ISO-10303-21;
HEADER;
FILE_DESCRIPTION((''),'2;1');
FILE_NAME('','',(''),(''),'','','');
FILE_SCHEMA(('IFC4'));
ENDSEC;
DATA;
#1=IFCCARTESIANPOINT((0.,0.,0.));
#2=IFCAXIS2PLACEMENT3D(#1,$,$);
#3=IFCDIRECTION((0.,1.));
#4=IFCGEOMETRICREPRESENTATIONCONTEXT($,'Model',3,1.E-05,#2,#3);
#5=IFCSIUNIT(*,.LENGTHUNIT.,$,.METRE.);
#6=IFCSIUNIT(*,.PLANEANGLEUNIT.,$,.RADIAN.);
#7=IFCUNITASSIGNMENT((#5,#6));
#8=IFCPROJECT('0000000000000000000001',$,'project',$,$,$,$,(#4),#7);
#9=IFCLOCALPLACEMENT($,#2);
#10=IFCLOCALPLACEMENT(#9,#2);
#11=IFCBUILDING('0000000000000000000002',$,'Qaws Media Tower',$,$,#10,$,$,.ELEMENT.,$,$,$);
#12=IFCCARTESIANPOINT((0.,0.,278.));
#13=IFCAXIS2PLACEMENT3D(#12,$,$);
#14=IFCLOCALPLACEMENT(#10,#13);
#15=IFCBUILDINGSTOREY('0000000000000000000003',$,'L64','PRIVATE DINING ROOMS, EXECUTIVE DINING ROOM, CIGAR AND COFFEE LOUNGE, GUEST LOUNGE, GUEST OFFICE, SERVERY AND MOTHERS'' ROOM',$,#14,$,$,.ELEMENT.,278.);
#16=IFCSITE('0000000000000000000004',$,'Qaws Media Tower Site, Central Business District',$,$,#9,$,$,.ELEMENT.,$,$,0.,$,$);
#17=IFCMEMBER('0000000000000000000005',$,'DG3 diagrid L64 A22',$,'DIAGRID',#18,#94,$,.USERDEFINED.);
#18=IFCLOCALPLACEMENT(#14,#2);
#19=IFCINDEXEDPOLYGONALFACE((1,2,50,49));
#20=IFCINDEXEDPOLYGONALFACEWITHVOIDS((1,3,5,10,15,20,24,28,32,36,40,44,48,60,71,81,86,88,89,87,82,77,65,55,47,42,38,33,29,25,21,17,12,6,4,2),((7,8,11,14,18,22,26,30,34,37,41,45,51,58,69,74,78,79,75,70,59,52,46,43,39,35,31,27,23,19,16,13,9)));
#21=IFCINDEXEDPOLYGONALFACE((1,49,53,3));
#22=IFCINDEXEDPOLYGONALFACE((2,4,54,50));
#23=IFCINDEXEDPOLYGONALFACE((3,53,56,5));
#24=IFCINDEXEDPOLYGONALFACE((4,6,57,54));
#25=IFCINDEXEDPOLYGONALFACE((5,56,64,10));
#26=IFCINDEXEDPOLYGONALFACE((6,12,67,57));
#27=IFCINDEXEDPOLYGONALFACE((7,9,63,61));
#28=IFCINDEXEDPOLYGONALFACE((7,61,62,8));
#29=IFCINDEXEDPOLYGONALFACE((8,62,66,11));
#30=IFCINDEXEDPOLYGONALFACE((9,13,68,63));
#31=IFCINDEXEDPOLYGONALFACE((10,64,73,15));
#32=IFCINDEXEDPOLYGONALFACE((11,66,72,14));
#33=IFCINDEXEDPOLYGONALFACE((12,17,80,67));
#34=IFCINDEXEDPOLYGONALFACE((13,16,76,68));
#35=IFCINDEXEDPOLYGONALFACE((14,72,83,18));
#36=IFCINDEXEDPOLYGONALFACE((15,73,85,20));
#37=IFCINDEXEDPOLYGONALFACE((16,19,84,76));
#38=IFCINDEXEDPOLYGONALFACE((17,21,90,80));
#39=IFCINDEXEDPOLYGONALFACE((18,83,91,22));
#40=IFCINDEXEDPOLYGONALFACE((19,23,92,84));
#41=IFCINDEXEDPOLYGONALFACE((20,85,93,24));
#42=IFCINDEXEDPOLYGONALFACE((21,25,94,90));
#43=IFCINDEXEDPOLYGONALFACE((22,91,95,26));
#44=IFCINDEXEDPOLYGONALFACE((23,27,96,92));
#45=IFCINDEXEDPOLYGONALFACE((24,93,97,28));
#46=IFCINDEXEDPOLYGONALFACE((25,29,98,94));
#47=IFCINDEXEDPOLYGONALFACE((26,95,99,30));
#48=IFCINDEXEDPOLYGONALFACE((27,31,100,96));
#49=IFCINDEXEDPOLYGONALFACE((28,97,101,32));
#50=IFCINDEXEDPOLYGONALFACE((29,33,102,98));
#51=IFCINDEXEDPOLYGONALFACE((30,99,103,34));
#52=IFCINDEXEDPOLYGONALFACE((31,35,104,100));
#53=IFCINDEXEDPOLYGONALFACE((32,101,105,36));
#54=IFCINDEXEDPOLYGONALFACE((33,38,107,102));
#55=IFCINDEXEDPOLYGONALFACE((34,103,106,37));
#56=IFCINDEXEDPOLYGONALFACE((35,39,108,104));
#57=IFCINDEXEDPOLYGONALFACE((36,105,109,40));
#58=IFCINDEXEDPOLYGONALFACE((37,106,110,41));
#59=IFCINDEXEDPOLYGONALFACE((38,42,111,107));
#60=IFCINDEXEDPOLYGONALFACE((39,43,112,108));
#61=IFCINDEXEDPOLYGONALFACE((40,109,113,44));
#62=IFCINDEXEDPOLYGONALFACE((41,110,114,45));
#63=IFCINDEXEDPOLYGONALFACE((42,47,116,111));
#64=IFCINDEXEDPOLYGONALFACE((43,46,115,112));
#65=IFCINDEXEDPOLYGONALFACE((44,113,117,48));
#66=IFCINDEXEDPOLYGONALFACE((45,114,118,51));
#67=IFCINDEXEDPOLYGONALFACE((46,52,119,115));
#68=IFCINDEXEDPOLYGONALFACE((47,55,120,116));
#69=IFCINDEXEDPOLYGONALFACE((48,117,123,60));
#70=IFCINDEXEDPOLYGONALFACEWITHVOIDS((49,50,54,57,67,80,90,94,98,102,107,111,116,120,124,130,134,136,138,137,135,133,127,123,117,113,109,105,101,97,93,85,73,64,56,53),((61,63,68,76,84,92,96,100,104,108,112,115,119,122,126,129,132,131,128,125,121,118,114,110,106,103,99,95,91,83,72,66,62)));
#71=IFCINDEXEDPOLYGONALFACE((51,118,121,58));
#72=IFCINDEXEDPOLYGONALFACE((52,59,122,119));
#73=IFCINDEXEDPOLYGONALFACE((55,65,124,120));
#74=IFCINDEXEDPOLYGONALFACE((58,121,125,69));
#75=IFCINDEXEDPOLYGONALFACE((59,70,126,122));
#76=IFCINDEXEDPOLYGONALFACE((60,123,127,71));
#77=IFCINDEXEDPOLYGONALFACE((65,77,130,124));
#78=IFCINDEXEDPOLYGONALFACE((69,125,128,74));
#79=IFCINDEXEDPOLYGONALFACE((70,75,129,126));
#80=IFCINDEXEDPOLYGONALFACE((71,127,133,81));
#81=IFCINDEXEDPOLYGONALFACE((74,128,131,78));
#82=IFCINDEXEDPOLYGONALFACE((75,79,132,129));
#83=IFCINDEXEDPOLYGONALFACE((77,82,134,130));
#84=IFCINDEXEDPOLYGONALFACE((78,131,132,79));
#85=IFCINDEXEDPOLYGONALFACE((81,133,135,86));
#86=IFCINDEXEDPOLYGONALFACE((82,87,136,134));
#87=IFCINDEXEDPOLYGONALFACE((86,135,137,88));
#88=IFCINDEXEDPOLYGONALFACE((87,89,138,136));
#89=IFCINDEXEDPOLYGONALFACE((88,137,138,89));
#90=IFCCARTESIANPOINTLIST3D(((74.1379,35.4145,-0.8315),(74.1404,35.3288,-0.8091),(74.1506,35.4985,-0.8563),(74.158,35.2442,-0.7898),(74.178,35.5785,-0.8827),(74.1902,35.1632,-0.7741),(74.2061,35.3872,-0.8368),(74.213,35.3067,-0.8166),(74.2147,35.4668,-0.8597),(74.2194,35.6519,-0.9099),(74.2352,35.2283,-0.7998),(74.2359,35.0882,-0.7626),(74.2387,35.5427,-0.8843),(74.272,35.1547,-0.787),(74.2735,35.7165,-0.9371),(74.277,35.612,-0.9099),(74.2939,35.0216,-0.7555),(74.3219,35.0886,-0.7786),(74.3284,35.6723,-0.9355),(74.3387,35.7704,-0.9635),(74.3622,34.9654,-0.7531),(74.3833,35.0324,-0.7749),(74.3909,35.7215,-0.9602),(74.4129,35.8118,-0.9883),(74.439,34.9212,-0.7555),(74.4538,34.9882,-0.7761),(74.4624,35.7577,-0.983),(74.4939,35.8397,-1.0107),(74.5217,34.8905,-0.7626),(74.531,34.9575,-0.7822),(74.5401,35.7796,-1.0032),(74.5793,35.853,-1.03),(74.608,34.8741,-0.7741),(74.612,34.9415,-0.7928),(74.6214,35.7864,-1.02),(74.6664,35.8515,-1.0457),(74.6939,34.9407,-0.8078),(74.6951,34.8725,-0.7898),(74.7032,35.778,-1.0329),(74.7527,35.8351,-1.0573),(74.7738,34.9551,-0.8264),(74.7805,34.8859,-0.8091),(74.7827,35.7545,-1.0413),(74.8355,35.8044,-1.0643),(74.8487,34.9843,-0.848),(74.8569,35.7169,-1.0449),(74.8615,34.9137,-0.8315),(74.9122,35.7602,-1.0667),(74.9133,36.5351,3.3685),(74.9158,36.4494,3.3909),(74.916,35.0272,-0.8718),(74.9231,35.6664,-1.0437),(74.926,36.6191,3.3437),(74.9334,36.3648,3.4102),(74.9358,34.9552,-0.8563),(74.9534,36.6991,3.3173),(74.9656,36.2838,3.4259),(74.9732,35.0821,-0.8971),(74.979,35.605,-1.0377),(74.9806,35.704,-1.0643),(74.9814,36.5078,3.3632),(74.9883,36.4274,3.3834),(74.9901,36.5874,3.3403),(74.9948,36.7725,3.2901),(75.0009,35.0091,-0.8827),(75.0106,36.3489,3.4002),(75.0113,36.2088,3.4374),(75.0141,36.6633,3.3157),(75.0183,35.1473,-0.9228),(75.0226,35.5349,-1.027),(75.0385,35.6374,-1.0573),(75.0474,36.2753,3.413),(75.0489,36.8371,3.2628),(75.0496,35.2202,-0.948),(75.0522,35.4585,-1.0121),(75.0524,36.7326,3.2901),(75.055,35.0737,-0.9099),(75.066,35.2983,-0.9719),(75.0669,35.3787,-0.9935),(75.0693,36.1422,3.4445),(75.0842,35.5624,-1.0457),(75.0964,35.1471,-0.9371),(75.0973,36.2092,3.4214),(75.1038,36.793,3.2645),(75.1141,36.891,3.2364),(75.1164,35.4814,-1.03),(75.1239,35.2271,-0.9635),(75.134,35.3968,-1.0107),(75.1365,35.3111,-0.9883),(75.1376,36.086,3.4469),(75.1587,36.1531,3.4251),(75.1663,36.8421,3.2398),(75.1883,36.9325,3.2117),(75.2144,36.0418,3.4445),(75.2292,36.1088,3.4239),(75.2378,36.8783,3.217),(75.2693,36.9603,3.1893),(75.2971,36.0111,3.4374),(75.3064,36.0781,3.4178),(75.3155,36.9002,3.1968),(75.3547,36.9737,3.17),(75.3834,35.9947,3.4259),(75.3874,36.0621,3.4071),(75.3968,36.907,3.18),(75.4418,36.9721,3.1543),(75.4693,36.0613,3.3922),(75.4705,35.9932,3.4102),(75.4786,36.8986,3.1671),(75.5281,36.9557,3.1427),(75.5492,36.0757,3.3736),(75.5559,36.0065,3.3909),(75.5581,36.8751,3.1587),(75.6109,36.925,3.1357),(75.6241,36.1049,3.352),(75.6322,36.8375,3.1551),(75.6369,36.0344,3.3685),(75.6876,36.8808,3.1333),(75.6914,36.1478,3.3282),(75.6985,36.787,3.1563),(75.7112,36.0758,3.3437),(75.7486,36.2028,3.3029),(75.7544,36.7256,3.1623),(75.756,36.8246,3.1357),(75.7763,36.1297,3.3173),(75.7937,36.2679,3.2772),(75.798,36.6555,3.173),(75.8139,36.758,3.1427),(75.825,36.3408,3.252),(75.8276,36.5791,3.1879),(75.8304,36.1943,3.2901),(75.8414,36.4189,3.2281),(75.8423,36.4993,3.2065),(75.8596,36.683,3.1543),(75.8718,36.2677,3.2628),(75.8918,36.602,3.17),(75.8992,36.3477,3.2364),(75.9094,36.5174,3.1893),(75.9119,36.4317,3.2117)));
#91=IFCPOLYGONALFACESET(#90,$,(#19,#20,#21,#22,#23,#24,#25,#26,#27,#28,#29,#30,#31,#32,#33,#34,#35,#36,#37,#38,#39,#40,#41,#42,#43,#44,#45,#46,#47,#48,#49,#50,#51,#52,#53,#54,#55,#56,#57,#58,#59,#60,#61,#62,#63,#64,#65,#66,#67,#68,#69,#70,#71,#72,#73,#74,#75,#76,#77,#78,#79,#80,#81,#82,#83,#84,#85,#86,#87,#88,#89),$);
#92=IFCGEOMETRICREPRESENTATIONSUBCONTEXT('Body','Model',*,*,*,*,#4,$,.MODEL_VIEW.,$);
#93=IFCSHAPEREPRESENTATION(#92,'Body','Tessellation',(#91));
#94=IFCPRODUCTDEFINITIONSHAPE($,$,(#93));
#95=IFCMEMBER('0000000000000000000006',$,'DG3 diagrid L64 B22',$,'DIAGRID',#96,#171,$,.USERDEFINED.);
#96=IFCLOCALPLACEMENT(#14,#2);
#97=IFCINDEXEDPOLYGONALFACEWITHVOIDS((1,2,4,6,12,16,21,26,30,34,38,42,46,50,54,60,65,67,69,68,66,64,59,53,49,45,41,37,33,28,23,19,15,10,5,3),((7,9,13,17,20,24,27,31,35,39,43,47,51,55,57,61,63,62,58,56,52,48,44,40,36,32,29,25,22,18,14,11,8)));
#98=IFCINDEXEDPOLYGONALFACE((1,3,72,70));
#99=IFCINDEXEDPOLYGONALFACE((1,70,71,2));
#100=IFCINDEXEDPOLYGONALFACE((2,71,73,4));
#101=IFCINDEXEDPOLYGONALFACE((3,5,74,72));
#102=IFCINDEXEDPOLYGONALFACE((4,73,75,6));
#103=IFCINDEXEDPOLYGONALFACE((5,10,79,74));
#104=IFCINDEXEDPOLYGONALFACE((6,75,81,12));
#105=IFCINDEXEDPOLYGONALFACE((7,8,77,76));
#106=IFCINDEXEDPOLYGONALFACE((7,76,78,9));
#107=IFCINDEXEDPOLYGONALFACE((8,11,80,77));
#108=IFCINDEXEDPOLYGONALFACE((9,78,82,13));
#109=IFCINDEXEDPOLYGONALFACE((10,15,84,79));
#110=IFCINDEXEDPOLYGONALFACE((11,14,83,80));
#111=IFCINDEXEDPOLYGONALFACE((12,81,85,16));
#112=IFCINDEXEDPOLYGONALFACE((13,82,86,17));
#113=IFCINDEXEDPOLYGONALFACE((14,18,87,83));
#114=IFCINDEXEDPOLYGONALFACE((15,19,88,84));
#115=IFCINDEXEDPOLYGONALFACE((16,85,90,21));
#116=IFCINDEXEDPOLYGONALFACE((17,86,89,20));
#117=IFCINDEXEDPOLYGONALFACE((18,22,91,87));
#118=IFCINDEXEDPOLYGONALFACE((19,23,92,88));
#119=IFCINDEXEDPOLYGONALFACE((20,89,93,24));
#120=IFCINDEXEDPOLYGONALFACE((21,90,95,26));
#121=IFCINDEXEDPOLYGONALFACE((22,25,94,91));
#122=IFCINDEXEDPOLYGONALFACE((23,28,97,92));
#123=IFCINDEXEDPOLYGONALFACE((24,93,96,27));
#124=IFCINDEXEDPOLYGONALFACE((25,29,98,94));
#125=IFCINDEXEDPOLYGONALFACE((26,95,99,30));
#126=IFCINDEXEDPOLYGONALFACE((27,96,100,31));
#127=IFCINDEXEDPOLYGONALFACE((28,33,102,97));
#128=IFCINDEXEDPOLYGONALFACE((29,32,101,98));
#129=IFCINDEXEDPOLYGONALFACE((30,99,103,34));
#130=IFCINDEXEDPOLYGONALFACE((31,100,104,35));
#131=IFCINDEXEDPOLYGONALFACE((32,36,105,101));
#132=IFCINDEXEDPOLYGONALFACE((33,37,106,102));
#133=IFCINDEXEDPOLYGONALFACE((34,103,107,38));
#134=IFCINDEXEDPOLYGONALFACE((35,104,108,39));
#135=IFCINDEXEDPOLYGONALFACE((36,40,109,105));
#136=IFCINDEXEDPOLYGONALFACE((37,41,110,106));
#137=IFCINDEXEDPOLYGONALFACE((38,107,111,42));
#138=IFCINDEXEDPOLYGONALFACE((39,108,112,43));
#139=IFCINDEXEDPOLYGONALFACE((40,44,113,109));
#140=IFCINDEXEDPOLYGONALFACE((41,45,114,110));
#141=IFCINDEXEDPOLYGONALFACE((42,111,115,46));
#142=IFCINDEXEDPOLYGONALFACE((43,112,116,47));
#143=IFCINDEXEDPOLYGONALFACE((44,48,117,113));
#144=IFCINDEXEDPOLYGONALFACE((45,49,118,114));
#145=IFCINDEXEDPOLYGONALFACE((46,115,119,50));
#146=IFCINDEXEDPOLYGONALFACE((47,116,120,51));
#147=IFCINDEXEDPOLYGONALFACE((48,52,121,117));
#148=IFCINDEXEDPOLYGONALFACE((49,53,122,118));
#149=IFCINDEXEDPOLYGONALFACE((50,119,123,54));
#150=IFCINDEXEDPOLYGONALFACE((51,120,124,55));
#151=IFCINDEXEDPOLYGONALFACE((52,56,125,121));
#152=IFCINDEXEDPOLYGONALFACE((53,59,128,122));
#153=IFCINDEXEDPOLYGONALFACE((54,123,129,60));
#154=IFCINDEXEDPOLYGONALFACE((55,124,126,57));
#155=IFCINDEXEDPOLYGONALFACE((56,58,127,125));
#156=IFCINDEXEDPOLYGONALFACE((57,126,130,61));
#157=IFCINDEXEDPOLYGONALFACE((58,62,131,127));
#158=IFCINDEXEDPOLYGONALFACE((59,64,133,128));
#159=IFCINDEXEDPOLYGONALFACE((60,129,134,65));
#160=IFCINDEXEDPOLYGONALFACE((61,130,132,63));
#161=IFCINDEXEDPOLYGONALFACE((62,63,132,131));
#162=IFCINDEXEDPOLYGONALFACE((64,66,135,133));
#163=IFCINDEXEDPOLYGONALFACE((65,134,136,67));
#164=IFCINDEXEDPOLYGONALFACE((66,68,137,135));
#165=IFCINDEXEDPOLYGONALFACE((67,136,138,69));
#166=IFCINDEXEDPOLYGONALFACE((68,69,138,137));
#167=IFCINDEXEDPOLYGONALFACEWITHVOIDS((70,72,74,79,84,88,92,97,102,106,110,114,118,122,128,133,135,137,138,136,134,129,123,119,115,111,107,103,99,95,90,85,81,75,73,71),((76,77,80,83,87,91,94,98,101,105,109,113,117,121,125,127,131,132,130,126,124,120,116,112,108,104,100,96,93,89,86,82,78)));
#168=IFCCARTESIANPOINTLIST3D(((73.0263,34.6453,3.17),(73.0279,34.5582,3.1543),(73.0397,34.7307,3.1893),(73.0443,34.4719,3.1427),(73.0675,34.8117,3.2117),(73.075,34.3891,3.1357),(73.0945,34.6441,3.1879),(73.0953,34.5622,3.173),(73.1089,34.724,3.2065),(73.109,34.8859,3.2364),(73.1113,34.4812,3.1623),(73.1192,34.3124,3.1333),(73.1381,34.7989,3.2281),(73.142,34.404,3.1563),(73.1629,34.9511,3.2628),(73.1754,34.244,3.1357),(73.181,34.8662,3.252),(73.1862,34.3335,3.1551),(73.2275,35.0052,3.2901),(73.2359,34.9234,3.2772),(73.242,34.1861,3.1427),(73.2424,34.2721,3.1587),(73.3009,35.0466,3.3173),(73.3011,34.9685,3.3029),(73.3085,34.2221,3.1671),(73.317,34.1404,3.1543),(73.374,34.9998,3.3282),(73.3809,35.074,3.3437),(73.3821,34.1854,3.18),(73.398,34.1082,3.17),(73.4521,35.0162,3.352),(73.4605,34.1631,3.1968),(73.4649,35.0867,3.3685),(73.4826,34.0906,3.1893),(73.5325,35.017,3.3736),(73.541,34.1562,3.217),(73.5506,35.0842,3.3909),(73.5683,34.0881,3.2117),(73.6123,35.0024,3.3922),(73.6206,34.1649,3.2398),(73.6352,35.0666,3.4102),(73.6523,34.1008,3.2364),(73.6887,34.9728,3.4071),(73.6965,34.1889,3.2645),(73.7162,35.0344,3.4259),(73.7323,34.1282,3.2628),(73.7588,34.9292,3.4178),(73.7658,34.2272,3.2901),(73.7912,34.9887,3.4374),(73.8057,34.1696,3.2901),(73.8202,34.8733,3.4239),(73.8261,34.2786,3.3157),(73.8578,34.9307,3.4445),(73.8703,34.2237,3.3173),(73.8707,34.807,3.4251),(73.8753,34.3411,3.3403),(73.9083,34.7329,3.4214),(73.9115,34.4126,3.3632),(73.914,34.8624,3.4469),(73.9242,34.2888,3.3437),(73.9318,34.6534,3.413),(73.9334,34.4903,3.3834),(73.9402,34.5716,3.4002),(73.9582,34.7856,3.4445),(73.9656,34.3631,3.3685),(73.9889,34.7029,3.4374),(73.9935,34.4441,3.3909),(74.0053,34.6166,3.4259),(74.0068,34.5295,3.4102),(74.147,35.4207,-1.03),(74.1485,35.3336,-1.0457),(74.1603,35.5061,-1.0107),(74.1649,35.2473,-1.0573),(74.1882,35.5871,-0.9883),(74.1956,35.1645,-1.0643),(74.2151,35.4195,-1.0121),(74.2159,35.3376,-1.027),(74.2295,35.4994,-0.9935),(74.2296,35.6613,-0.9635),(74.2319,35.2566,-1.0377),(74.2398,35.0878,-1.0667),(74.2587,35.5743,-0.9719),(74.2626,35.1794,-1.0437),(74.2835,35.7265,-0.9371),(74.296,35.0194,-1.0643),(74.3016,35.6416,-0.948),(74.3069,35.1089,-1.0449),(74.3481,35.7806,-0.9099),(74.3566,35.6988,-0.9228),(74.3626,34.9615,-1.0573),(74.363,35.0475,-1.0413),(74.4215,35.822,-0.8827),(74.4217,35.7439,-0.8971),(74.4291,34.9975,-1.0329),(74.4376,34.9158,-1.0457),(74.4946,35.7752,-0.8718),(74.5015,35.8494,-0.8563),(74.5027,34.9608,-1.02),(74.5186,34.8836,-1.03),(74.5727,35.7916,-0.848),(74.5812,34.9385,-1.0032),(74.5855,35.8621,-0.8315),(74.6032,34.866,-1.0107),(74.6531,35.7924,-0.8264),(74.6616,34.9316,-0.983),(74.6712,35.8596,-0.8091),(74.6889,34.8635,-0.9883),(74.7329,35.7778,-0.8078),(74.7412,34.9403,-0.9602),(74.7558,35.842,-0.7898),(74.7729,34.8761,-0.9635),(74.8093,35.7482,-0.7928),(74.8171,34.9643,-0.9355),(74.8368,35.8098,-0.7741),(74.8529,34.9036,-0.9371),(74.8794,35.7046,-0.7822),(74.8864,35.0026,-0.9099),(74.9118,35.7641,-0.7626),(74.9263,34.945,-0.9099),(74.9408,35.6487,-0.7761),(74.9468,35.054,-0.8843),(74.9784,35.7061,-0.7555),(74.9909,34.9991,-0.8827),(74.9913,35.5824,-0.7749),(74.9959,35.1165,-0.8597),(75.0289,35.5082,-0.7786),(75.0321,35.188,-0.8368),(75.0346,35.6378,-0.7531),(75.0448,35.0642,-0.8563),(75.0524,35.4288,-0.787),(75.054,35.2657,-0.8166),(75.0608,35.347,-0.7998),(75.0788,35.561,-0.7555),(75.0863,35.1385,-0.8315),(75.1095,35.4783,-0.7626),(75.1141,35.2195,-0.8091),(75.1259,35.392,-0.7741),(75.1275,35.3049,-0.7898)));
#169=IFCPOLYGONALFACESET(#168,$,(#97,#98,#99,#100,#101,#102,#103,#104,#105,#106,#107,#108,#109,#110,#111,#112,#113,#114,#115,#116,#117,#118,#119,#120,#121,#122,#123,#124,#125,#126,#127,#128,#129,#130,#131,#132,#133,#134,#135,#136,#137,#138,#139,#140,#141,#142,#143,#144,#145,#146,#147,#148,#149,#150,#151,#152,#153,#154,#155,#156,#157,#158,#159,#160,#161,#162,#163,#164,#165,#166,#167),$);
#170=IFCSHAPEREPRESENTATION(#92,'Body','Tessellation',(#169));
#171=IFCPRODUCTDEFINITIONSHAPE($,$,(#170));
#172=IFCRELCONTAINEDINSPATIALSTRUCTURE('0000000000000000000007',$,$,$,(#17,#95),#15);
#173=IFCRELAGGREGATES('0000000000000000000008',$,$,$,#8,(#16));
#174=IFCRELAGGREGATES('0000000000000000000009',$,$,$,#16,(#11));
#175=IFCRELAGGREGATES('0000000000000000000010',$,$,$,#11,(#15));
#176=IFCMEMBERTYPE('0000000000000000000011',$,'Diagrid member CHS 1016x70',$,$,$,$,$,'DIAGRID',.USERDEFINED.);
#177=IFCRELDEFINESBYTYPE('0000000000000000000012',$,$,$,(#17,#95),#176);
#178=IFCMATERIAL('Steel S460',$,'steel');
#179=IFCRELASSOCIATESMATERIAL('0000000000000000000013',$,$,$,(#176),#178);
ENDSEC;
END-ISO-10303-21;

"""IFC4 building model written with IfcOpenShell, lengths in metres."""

from ifc_helpers import new_model, si_unit, direction, frame, origin, origin_2d, place, context, subcontext, project, spatial, hollow_circle, extrude, material, material_profile, profile_set, type_object, element, save


model = new_model("IFC4")

# Units and contexts
model_context = context("Model", 3, precision=1e-05, world=origin(), true_north=direction((0.0, 1.0)))
body_context = subcontext(model_context, "Body", "Model", "MODEL_VIEW")
ifc_project = project(units=[si_unit("LENGTHUNIT", "METRE"), si_unit("PLANEANGLEUNIT", "RADIAN")], contexts=[model_context])

# Site, building, storey
site_placement = place(None, origin())
site = spatial("IfcSite", under=ifc_project, at=site_placement, Name="Qaws Media Tower Site, Central Business District", CompositionType="ELEMENT", RefElevation=0.0)
building_placement = place(site_placement, origin())
building = spatial("IfcBuilding", under=site, at=building_placement, Name="Qaws Media Tower", CompositionType="ELEMENT")
storey_placement = place(building_placement, frame((0.0, 0.0, 278.0)))
storey = spatial("IfcBuildingStorey", under=building, at=storey_placement, Name="L64", Description="PRIVATE DINING ROOMS, EXECUTIVE DINING ROOM, CIGAR AND COFFEE LOUNGE, GUEST LOUNGE, GUEST OFFICE, SERVERY AND MOTHERS' ROOM", CompositionType="ELEMENT", Elevation=278.0)

# Members
ifc_material_1 = material(Name="Steel S460", Category="steel")
ifc_material_profile_1 = material_profile(ifc_material_1, hollow_circle(Radius=0.5081, WallThickness=0.0701, at=origin_2d()), Name="CHS 1016x70")
ifc_profile_set_1 = profile_set([ifc_material_profile_1], Name="Steel S460")
member_type_1 = type_object("IfcMemberType", Name="Diagrid member CHS 1016x70", ElementType="DIAGRID", PredefinedType="USERDEFINED", material=ifc_profile_set_1)
for number, where, z_axis, x_axis, name in (
    (1, (74.6372, 35.3628, -0.9099), (0.175607, 0.253789, 0.951185), (-0.822334, 0.569005, 0.0), "DG3 diagrid L64 A22"),
    (2, (74.6372, 35.3628, -0.9099), (-0.253789, -0.175607, 0.951185), (0.569005, -0.822334, 0.0), "DG3 diagrid L64 B22"),
):
    element("IfcMember", number, at=place(storey_placement, frame(where, z_axis=z_axis, x_axis=x_axis)), inside=storey, type_object=member_type_1, Name=name, ObjectType="DIAGRID", PredefinedType="USERDEFINED", context=body_context, shape_type="SweptSolid", body=[
        extrude(hollow_circle(Radius=0.5081, WallThickness=0.0701, at=origin_2d()), origin(), (0.0, 0.0, 1.0), 4.4155),
    ])

save(model, "model.ifc")
